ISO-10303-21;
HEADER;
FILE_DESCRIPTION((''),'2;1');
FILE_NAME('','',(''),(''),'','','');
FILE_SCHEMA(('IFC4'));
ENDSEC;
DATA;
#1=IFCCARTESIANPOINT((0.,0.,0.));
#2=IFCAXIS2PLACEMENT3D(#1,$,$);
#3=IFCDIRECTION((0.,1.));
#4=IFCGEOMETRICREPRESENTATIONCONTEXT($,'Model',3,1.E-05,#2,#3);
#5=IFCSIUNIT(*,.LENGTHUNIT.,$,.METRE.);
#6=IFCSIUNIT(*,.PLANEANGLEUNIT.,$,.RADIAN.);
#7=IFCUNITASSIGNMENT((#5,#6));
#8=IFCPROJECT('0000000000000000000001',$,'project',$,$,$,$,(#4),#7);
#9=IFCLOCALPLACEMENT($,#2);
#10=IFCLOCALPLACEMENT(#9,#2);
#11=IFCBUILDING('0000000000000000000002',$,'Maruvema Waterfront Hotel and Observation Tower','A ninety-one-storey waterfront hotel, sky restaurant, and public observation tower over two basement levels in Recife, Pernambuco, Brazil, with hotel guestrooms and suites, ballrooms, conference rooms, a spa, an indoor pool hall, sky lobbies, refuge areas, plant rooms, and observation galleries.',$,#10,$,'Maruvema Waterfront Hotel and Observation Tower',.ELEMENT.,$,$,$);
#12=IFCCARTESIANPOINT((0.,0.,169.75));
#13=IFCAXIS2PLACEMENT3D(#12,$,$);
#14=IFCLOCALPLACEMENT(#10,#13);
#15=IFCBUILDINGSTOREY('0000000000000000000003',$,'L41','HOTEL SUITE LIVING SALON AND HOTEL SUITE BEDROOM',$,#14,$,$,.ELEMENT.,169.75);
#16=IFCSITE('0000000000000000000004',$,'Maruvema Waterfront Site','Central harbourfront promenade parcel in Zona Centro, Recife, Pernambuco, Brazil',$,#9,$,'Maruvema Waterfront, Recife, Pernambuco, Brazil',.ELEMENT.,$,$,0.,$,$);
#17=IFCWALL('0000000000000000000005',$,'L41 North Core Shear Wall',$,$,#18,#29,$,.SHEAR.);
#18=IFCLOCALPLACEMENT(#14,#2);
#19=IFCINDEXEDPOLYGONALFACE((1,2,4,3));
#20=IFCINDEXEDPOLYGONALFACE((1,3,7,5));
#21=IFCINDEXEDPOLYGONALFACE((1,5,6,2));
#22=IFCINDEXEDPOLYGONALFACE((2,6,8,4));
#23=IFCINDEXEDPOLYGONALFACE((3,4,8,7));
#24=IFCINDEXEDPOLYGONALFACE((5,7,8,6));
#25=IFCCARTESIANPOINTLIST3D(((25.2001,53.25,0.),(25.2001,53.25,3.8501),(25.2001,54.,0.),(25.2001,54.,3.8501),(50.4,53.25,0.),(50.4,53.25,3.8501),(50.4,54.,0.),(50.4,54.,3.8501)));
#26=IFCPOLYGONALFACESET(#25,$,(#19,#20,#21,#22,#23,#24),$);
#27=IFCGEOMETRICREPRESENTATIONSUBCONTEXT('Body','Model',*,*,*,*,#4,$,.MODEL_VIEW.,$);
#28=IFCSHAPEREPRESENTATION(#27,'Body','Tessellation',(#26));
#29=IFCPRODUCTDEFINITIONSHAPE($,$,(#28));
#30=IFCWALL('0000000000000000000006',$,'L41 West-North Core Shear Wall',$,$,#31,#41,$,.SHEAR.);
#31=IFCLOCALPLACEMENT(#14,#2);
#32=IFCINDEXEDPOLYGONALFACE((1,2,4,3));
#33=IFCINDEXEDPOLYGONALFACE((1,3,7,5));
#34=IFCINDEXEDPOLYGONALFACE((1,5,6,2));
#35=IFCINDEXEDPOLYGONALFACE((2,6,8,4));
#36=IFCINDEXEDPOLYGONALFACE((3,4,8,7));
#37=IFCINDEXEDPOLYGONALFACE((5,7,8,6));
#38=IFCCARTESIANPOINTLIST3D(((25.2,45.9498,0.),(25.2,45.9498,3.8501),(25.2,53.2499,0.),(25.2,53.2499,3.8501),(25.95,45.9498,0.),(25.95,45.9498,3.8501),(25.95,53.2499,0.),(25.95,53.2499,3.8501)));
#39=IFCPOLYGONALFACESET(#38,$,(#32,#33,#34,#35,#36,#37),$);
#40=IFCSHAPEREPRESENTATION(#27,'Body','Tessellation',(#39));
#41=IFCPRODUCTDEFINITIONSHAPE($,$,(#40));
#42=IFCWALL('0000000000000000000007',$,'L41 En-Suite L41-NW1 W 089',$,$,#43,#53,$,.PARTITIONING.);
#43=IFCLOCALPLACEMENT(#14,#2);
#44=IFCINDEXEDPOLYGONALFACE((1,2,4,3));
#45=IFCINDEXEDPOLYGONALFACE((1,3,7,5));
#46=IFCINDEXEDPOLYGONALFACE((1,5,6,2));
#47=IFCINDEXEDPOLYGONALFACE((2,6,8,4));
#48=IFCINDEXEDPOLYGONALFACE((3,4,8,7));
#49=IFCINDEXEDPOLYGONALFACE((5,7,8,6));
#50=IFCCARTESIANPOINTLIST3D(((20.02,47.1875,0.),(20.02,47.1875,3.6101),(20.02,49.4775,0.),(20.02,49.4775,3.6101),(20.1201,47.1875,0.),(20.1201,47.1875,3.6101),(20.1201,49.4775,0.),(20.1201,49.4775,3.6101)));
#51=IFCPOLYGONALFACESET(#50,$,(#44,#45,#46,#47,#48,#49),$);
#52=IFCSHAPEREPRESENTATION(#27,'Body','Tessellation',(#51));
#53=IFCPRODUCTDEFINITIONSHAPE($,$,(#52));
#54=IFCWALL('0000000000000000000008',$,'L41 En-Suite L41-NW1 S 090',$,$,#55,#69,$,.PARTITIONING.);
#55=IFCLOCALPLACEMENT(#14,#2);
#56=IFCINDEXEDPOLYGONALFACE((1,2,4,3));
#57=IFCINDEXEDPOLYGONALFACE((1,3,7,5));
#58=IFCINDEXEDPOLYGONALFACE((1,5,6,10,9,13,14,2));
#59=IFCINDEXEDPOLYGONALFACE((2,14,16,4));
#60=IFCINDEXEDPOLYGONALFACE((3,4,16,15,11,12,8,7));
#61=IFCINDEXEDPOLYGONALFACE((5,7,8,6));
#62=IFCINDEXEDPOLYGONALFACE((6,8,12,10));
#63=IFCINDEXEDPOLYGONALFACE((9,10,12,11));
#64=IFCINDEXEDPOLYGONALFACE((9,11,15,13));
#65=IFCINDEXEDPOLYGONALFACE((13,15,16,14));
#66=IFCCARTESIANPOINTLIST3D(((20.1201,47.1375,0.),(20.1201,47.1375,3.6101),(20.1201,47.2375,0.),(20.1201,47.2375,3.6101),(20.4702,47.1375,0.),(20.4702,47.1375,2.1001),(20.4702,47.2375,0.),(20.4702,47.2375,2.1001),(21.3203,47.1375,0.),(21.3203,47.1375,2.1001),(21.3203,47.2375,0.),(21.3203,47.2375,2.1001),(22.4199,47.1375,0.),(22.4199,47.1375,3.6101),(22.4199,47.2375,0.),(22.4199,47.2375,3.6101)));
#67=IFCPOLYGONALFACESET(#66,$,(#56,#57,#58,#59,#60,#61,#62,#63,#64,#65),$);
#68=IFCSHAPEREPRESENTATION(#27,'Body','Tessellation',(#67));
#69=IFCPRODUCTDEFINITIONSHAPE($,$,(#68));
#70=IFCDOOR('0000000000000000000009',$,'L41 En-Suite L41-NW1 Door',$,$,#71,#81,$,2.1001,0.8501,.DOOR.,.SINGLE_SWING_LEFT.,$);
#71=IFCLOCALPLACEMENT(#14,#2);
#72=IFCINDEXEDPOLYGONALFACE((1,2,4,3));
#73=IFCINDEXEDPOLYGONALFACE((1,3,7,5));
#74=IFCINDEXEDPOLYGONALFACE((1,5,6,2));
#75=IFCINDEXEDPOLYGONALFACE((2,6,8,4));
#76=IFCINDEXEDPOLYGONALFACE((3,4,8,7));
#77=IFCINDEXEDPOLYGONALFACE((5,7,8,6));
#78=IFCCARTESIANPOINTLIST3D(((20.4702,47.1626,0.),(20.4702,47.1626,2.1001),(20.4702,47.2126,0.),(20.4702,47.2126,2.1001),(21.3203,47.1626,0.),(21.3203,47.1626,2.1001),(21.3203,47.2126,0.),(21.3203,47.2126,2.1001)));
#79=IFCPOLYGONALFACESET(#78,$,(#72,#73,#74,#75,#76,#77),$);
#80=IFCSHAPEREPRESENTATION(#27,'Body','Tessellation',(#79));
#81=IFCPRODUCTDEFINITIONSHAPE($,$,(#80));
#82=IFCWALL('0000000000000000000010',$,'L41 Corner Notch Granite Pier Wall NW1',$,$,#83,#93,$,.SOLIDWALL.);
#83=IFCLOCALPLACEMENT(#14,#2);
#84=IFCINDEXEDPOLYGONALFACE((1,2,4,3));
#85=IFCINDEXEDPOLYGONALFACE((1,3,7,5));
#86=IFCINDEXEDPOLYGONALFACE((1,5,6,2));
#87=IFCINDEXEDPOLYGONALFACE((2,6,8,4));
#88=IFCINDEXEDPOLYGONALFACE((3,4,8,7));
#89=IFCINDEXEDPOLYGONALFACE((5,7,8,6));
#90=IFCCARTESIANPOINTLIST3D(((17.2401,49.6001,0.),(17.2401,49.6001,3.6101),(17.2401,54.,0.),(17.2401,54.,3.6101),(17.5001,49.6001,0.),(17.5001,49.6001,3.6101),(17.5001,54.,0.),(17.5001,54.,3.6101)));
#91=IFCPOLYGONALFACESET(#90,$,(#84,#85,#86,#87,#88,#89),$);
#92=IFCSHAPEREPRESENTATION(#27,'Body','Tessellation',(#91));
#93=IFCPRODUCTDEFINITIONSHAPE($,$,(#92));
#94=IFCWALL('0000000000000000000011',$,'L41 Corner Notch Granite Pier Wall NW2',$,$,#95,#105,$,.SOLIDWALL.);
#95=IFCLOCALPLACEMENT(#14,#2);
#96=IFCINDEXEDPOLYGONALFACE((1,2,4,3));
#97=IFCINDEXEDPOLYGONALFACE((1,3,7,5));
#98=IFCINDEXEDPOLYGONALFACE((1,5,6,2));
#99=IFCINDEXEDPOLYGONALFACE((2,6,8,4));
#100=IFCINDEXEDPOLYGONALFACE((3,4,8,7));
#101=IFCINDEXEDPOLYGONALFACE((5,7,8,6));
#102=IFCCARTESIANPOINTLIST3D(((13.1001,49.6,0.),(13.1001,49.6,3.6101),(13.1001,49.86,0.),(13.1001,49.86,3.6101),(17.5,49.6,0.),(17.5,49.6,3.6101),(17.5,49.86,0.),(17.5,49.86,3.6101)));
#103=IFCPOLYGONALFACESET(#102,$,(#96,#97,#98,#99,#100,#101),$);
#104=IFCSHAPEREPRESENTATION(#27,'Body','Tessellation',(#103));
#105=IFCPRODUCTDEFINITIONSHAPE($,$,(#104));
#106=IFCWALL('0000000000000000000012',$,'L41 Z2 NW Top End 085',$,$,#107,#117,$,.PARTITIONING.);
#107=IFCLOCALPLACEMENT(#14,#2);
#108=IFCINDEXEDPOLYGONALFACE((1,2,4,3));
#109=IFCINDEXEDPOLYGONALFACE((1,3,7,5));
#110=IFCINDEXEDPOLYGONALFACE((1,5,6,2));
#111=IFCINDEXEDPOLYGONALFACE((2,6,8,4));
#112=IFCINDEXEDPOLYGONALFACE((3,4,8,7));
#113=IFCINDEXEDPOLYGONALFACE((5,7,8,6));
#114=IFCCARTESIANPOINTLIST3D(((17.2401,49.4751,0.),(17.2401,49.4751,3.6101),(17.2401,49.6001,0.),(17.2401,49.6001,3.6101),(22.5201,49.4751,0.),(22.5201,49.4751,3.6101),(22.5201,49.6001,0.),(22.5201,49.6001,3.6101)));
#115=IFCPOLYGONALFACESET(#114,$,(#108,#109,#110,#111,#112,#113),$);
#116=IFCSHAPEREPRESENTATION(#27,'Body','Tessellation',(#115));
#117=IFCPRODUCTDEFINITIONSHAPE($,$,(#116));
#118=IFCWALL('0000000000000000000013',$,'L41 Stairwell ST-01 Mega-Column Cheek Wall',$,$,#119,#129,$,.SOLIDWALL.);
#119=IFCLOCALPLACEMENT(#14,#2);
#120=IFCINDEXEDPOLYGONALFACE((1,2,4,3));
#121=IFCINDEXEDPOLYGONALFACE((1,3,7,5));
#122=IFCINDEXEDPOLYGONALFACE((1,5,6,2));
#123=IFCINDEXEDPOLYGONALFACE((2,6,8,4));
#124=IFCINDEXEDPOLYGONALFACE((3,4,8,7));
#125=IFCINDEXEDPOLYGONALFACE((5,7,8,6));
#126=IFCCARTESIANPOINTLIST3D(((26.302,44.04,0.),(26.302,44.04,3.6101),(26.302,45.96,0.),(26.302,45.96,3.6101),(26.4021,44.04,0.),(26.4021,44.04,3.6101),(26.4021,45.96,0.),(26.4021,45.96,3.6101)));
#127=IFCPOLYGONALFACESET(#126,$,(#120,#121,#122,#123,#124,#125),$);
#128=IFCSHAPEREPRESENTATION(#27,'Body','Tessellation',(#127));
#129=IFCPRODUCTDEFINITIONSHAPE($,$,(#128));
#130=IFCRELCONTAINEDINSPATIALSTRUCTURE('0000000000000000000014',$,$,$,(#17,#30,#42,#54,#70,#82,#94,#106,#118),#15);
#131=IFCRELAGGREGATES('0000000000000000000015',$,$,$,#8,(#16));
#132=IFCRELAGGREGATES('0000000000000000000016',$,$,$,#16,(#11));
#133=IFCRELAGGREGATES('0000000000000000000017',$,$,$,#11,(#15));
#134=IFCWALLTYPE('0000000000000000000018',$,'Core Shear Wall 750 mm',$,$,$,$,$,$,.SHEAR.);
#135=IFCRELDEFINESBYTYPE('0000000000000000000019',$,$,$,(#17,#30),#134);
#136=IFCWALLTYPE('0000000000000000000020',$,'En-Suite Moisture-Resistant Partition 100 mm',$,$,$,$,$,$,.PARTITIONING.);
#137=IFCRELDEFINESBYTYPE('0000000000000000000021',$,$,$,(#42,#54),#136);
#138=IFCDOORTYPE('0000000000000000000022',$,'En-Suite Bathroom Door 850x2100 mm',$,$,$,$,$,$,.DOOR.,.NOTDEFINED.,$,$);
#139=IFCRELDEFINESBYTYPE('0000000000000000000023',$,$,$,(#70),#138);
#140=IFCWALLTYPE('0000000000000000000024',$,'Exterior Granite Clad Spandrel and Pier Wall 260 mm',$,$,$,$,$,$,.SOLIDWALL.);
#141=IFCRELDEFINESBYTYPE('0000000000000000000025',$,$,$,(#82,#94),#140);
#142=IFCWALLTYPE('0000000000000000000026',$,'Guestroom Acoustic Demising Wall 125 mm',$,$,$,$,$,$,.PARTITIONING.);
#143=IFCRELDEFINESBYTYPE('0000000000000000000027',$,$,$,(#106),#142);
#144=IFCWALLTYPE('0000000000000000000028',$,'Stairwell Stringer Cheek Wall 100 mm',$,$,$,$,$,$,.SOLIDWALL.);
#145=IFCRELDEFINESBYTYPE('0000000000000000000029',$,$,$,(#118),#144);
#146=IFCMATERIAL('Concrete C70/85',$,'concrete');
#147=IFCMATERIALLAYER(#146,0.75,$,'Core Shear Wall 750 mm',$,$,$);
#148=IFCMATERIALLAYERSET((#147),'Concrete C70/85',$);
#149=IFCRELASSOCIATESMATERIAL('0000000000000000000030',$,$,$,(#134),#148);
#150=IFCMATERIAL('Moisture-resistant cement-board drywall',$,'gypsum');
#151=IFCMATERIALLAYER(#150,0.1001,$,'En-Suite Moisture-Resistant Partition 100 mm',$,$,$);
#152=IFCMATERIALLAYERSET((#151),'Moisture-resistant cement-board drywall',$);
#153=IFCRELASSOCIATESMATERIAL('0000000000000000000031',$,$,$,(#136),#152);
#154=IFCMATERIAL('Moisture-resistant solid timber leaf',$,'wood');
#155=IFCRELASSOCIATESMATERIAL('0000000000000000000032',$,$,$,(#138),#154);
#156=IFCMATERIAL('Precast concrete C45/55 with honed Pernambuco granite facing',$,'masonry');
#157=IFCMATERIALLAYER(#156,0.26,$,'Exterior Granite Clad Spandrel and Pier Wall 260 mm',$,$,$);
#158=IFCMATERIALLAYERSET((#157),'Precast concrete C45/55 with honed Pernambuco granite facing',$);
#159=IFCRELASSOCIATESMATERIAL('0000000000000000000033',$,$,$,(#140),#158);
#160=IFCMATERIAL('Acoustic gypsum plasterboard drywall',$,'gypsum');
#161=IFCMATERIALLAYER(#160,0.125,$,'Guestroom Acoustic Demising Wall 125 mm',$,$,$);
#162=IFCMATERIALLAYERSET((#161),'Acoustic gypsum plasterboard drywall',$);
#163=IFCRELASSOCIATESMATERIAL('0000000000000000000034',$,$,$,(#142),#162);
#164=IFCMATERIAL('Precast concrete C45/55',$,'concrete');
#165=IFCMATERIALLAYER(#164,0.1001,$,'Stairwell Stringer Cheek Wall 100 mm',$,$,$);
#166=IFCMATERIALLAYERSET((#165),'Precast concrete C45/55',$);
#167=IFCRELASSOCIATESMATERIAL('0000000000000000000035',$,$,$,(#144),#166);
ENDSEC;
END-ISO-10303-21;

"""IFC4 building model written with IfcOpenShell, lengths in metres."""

from ifc_helpers import new_model, si_unit, direction, frame, frame_2d, origin, place, context, subcontext, project, spatial, rectangle, extrude, material, layer, layer_set, type_object, element, fill, save


model = new_model("IFC4")

# Units and contexts
model_context = context("Model", 3, precision=1e-05, world=origin(), true_north=direction((0.0, 1.0)))
body_context = subcontext(model_context, "Body", "Model", "MODEL_VIEW")
ifc_project = project(units=[si_unit("LENGTHUNIT", "METRE"), si_unit("PLANEANGLEUNIT", "RADIAN")], contexts=[model_context])

# Site, building, storey
site_placement = place(None, origin())
site = spatial("IfcSite", under=ifc_project, at=site_placement, Name="Maruvema Waterfront Site", Description="Central harbourfront promenade parcel in Zona Centro, Recife, Pernambuco, Brazil", LongName="Maruvema Waterfront, Recife, Pernambuco, Brazil", CompositionType="ELEMENT", RefElevation=0.0)
building_placement = place(site_placement, origin())
building = spatial("IfcBuilding", under=site, at=building_placement, Name="Maruvema Waterfront Hotel and Observation Tower", Description="A ninety-one-storey waterfront hotel, sky restaurant, and public observation tower over two basement levels in Recife, Pernambuco, Brazil, with hotel guestrooms and suites, ballrooms, conference rooms, a spa, an indoor pool hall, sky lobbies, refuge areas, plant rooms, and observation galleries.", LongName="Maruvema Waterfront Hotel and Observation Tower", CompositionType="ELEMENT")
storey_placement = place(building_placement, frame((0.0, 0.0, 169.75)))
storey = spatial("IfcBuildingStorey", under=building, at=storey_placement, Name="L41", Description="HOTEL SUITE LIVING SALON AND HOTEL SUITE BEDROOM", CompositionType="ELEMENT", Elevation=169.75)

# Walls
ifc_material_1 = material(Name="Concrete C70/85", Category="concrete")
ifc_layer_1 = layer(ifc_material_1, 0.75, Name="Core Shear Wall 750 mm")
ifc_layer_set_1 = layer_set([ifc_layer_1], Name="Concrete C70/85")
wall_type_1 = type_object("IfcWallType", Name="Core Shear Wall 750 mm", PredefinedType="SHEAR", material=ifc_layer_set_1)
wall_1_placement = place(storey_placement, frame((25.2, 53.625, 0.0), z_axis=(0.0, 0.0, 1.0), x_axis=(1.0, 0.0, 0.0)))
element("IfcWall", 1, at=wall_1_placement, inside=storey, type_object=wall_type_1, Name="L41 North Core Shear Wall", PredefinedType="SHEAR", context=body_context, shape_type="SweptSolid", body=[
    extrude(rectangle(XDim=25.2, YDim=0.75, at=frame_2d((12.6001, 0.0))), origin(), (0.0, 0.0, 1.0), 3.8501),
])
wall_2_placement = place(storey_placement, frame((25.575, 45.95, 0.0), z_axis=(0.0, 0.0, 1.0), x_axis=(0.0, 1.0, 0.0)))
element("IfcWall", 2, at=wall_2_placement, inside=storey, type_object=wall_type_1, Name="L41 West-North Core Shear Wall", PredefinedType="SHEAR", context=body_context, shape_type="SweptSolid", body=[
    extrude(rectangle(XDim=7.3, YDim=0.75, at=frame_2d((3.6499, 0.0))), origin(), (0.0, 0.0, 1.0), 3.8501),
])
ifc_material_2 = material(Name="Moisture-resistant cement-board drywall", Category="gypsum")
ifc_layer_2 = layer(ifc_material_2, 0.1001, Name="En-Suite Moisture-Resistant Partition 100 mm")
ifc_layer_set_2 = layer_set([ifc_layer_2], Name="Moisture-resistant cement-board drywall")
wall_type_2 = type_object("IfcWallType", Name="En-Suite Moisture-Resistant Partition 100 mm", PredefinedType="PARTITIONING", material=ifc_layer_set_2)
wall_3_placement = place(storey_placement, frame((20.0701, 47.1875, 0.0), z_axis=(0.0, 0.0, 1.0), x_axis=(0.0, 1.0, 0.0)))
element("IfcWall", 3, at=wall_3_placement, inside=storey, type_object=wall_type_2, Name="L41 En-Suite L41-NW1 W 089", PredefinedType="PARTITIONING", context=body_context, shape_type="SweptSolid", body=[
    extrude(rectangle(XDim=2.29, YDim=0.1001, at=frame_2d((1.145, 0.0))), origin(), (0.0, 0.0, 1.0), 3.6101),
])

# Wall, opening, door
wall_4_placement = place(storey_placement, frame((20.1201, 47.1875, 0.0), z_axis=(0.0, 0.0, 1.0), x_axis=(1.0, 0.0, 0.0)))
wall_4 = element("IfcWall", 4, at=wall_4_placement, inside=storey, type_object=wall_type_2, Name="L41 En-Suite L41-NW1 S 090", PredefinedType="PARTITIONING", context=body_context, shape_type="SweptSolid", body=[
    extrude(rectangle(XDim=2.2998, YDim=0.1001, at=frame_2d((1.1499, 0.0))), origin(), (0.0, 0.0, 1.0), 3.6101),
])
opening_placement = place(wall_4_placement, frame((0.3501, 0.0, 0.0)))
opening = element("IfcOpeningElement", 5, at=opening_placement, cuts=wall_4, PredefinedType="OPENING", context=body_context, shape_type="SweptSolid", body=[
    extrude(rectangle(XDim=0.8501, YDim=2.1001, at=frame_2d((0.425, 1.05))), frame((0.0, 0.0601, 0.0), z_axis=(0.0, -1.0, 0.0), x_axis=(1.0, 0.0, 0.0)), (0.0, 0.0, 1.0), 0.1201),
])
ifc_material_3 = material(Name="Moisture-resistant solid timber leaf", Category="wood")
door_type = type_object("IfcDoorType", Name="En-Suite Bathroom Door 850x2100 mm", OperationType="NOTDEFINED", PredefinedType="DOOR", material=ifc_material_3)
door_placement = place(opening_placement, frame((0.8501, 0.0, 0.0), z_axis=(0.0, 0.0, 1.0), x_axis=(-1.0, 0.0, 0.0)))
door = element("IfcDoor", 6, at=door_placement, inside=storey, type_object=door_type, Name="L41 En-Suite L41-NW1 Door", OperationType="SINGLE_SWING_LEFT", OverallHeight=2.1001, OverallWidth=0.8501, PredefinedType="DOOR", context=body_context, shape_type="SweptSolid", body=[
    extrude(rectangle(XDim=0.8501, YDim=2.1001, at=frame_2d((0.425, 1.05))), frame((0.0, 0.0249, 0.0), z_axis=(0.0, -1.0, 0.0), x_axis=(1.0, 0.0, 0.0)), (0.0, 0.0, 1.0), 0.05),
])
fill(opening, door)

# Walls
ifc_material_4 = material(Name="Precast concrete C45/55 with honed Pernambuco granite facing", Category="masonry")
ifc_layer_3 = layer(ifc_material_4, 0.26, Name="Exterior Granite Clad Spandrel and Pier Wall 260 mm")
ifc_layer_set_3 = layer_set([ifc_layer_3], Name="Precast concrete C45/55 with honed Pernambuco granite facing")
wall_type_3 = type_object("IfcWallType", Name="Exterior Granite Clad Spandrel and Pier Wall 260 mm", PredefinedType="SOLIDWALL", material=ifc_layer_set_3)
for number, where, z_axis, x_axis, name in (
    (7, (17.3701, 49.6001, 0.0), (0.0, 0.0, 1.0), (0.0, 1.0, 0.0), "L41 Corner Notch Granite Pier Wall NW1"),
    (8, (13.1001, 49.73, 0.0), (0.0, 0.0, 1.0), (1.0, 0.0, 0.0), "L41 Corner Notch Granite Pier Wall NW2"),
):
    element("IfcWall", number, at=place(storey_placement, frame(where, z_axis=z_axis, x_axis=x_axis)), inside=storey, type_object=wall_type_3, Name=name, PredefinedType="SOLIDWALL", context=body_context, shape_type="SweptSolid", body=[
        extrude(rectangle(XDim=4.3999, YDim=0.26, at=frame_2d((2.2, 0.0))), origin(), (0.0, 0.0, 1.0), 3.6101),
    ])
ifc_material_5 = material(Name="Acoustic gypsum plasterboard drywall", Category="gypsum")
ifc_layer_4 = layer(ifc_material_5, 0.125, Name="Guestroom Acoustic Demising Wall 125 mm")
ifc_layer_set_4 = layer_set([ifc_layer_4], Name="Acoustic gypsum plasterboard drywall")
wall_type_4 = type_object("IfcWallType", Name="Guestroom Acoustic Demising Wall 125 mm", PredefinedType="PARTITIONING", material=ifc_layer_set_4)
wall_5_placement = place(storey_placement, frame((17.24, 49.5376, 0.0), z_axis=(0.0, 0.0, 1.0), x_axis=(1.0, 0.0, 0.0)))
element("IfcWall", 9, at=wall_5_placement, inside=storey, type_object=wall_type_4, Name="L41 Z2 NW Top End 085", PredefinedType="PARTITIONING", context=body_context, shape_type="SweptSolid", body=[
    extrude(rectangle(XDim=5.28, YDim=0.125, at=frame_2d((2.6401, 0.0))), origin(), (0.0, 0.0, 1.0), 3.6101),
])
ifc_material_6 = material(Name="Precast concrete C45/55", Category="concrete")
ifc_layer_5 = layer(ifc_material_6, 0.1001, Name="Stairwell Stringer Cheek Wall 100 mm")
ifc_layer_set_5 = layer_set([ifc_layer_5], Name="Precast concrete C45/55")
wall_type_5 = type_object("IfcWallType", Name="Stairwell Stringer Cheek Wall 100 mm", PredefinedType="SOLIDWALL", material=ifc_layer_set_5)
wall_6_placement = place(storey_placement, frame((26.3521, 44.04, 0.0), z_axis=(0.0, 0.0, 1.0), x_axis=(0.0, 1.0, 0.0)))
element("IfcWall", 10, at=wall_6_placement, inside=storey, type_object=wall_type_5, Name="L41 Stairwell ST-01 Mega-Column Cheek Wall", PredefinedType="SOLIDWALL", context=body_context, shape_type="SweptSolid", body=[
    extrude(rectangle(XDim=1.9199, YDim=0.1001, at=frame_2d((0.96, 0.0))), origin(), (0.0, 0.0, 1.0), 3.6101),
])

save(model, "model.ifc")
